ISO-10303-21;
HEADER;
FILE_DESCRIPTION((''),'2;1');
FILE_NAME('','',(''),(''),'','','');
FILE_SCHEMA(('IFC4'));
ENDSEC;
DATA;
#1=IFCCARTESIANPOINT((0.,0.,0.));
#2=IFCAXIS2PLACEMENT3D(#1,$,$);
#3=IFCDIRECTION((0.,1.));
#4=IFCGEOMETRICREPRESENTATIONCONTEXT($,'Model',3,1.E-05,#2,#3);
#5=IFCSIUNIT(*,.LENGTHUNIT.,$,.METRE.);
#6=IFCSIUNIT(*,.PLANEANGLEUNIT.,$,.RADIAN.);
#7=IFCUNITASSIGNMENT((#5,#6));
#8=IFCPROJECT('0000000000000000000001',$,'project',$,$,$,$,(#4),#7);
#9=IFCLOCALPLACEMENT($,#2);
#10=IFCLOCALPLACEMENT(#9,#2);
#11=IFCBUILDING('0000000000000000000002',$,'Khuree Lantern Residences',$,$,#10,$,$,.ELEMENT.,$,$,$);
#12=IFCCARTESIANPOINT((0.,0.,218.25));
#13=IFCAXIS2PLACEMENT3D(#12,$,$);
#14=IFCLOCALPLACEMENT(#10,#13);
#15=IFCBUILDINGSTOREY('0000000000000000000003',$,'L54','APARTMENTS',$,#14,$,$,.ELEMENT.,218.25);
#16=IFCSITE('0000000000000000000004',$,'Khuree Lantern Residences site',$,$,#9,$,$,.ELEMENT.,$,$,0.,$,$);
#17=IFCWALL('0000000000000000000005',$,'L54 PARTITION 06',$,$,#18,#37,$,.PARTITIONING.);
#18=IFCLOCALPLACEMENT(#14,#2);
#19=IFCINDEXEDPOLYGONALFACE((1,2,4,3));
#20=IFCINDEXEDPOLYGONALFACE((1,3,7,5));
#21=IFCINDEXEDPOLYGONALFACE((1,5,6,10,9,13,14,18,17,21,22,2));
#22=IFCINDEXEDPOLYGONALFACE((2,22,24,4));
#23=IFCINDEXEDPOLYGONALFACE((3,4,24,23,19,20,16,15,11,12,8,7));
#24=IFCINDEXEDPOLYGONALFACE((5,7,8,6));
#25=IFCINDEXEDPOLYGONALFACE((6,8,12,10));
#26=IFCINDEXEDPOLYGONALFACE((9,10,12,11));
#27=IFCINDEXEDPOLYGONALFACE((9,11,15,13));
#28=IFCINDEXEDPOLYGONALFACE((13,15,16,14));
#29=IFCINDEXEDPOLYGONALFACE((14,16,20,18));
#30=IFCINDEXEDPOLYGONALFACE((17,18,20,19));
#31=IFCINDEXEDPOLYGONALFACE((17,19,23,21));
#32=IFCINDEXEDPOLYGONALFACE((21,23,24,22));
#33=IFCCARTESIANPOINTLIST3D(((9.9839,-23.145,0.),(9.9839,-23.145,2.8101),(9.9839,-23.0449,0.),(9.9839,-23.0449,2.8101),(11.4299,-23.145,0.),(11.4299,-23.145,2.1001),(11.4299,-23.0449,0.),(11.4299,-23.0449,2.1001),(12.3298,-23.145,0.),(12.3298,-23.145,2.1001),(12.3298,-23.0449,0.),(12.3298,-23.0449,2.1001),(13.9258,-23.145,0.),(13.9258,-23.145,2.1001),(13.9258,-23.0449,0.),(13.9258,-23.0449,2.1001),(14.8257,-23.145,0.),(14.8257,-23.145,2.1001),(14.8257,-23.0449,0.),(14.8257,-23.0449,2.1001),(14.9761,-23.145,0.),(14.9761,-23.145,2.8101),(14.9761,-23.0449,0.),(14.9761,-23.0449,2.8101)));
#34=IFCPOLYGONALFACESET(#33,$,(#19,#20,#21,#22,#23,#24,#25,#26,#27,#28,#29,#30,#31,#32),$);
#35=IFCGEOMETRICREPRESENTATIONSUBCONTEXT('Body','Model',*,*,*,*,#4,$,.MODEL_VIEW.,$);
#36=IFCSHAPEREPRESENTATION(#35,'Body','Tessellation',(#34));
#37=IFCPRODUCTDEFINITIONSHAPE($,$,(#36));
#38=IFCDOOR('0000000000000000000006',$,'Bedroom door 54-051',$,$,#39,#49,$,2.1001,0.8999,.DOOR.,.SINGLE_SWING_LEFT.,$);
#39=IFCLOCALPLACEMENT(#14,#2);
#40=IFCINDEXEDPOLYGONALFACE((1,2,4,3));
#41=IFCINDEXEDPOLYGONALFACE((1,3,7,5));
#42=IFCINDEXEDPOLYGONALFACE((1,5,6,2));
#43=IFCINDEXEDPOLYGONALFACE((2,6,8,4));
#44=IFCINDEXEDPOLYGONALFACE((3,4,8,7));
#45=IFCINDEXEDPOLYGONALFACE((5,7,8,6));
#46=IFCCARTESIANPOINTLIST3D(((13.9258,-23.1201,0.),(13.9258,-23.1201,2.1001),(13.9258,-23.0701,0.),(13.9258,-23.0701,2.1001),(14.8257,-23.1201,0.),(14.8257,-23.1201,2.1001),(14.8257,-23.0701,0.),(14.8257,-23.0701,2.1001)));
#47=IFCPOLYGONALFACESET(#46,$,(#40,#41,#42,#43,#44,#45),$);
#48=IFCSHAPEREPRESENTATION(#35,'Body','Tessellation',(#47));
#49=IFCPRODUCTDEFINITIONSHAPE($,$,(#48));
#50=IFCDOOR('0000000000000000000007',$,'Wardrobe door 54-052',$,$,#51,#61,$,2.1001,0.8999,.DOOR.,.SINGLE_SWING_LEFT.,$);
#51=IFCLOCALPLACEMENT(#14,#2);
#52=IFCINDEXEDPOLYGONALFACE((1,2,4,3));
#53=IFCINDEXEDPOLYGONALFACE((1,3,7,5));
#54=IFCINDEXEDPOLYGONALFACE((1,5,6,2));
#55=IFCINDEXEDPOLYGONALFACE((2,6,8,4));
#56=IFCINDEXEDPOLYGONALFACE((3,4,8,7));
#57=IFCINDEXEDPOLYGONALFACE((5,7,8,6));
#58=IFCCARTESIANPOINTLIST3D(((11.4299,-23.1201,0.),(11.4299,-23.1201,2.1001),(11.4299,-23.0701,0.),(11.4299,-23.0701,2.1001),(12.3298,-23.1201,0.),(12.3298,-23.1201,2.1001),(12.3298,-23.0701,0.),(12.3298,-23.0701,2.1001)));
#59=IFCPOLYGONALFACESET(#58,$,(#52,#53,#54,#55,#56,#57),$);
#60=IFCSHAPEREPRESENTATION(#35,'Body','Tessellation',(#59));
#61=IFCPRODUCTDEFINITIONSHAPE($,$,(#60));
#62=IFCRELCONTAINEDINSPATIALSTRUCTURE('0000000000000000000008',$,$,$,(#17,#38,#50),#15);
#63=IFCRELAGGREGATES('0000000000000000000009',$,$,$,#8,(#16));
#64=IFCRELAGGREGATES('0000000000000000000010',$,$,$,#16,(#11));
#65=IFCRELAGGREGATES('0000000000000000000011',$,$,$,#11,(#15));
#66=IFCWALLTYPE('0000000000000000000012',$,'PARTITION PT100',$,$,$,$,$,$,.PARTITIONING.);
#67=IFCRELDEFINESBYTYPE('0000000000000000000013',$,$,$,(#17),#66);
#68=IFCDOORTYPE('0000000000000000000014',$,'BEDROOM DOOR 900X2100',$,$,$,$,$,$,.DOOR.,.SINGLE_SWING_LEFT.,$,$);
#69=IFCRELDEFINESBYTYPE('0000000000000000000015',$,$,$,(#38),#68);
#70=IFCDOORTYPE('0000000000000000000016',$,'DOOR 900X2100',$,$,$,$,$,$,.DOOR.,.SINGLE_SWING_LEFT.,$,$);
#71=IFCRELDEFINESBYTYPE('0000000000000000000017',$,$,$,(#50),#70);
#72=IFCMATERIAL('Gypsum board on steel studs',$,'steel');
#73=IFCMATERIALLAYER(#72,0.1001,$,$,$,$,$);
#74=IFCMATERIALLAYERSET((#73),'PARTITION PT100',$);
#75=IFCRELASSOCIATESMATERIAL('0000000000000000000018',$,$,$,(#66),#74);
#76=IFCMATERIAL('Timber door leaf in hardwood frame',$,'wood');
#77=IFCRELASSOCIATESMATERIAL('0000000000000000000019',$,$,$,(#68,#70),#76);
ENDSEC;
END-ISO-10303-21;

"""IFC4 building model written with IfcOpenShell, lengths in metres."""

from ifc_helpers import new_model, si_unit, direction, frame, frame_2d, origin, place, context, subcontext, project, spatial, rectangle, extrude, material, layer, layer_set, type_object, element, fill, save


model = new_model("IFC4")

# Units and contexts
model_context = context("Model", 3, precision=1e-05, world=origin(), true_north=direction((0.0, 1.0)))
body_context = subcontext(model_context, "Body", "Model", "MODEL_VIEW")
ifc_project = project(units=[si_unit("LENGTHUNIT", "METRE"), si_unit("PLANEANGLEUNIT", "RADIAN")], contexts=[model_context])

# Site, building, storey
site_placement = place(None, origin())
site = spatial("IfcSite", under=ifc_project, at=site_placement, Name="Khuree Lantern Residences site", CompositionType="ELEMENT", RefElevation=0.0)
building_placement = place(site_placement, origin())
building = spatial("IfcBuilding", under=site, at=building_placement, Name="Khuree Lantern Residences", CompositionType="ELEMENT")
storey_placement = place(building_placement, frame((0.0, 0.0, 218.25)))
storey = spatial("IfcBuildingStorey", under=building, at=storey_placement, Name="L54", Description="APARTMENTS", CompositionType="ELEMENT", Elevation=218.25)

# Shared definitions
ifc_material_1 = material(Name="Gypsum board on steel studs", Category="steel")
ifc_layer_1 = layer(ifc_material_1, 0.1001)
ifc_layer_set_1 = layer_set([ifc_layer_1], Name="PARTITION PT100")
wall_type = type_object("IfcWallType", Name="PARTITION PT100", PredefinedType="PARTITIONING", material=ifc_layer_set_1)

# Shared definitions
ifc_material_2 = material(Name="Timber door leaf in hardwood frame", Category="wood")
door_type_1 = type_object("IfcDoorType", Name="BEDROOM DOOR 900X2100", OperationType="SINGLE_SWING_LEFT", PredefinedType="DOOR", material=ifc_material_2)

# Wall, openings, doors
wall_1_placement = place(storey_placement, frame((9.9839, -23.095, 0.0), z_axis=(0.0, 0.0, 1.0), x_axis=(1.0, 0.0, 0.0)))
wall_1 = element("IfcWall", 1, at=wall_1_placement, inside=storey, type_object=wall_type, Name="L54 PARTITION 06", PredefinedType="PARTITIONING", context=body_context, shape_type="SweptSolid", body=[
    extrude(rectangle(XDim=4.9922, YDim=0.1001, at=frame_2d((2.4961, 0.0))), origin(), (0.0, 0.0, 1.0), 2.8101),
])
opening_1_placement = place(wall_1_placement, frame((3.9419, 0.0, 0.0)))
opening_1 = element("IfcOpeningElement", 2, at=opening_1_placement, cuts=wall_1, PredefinedType="OPENING", context=body_context, shape_type="SweptSolid", body=[
    extrude(rectangle(XDim=0.8999, YDim=2.1001, at=frame_2d((0.45, 1.05))), frame((0.0, 0.0601, 0.0), z_axis=(0.0, -1.0, 0.0), x_axis=(1.0, 0.0, 0.0)), (0.0, 0.0, 1.0), 0.1201),
])
opening_2_placement = place(wall_1_placement, frame((1.446, 0.0, 0.0)))
opening_2 = element("IfcOpeningElement", 3, at=opening_2_placement, cuts=wall_1, PredefinedType="OPENING", context=body_context, shape_type="SweptSolid", body=[
    extrude(rectangle(XDim=0.8999, YDim=2.1001, at=frame_2d((0.45, 1.05))), frame((0.0, 0.0601, 0.0), z_axis=(0.0, -1.0, 0.0), x_axis=(1.0, 0.0, 0.0)), (0.0, 0.0, 1.0), 0.1201),
])
door_1_placement = place(opening_1_placement, origin())
door_1 = element("IfcDoor", 4, at=door_1_placement, inside=storey, type_object=door_type_1, Name="Bedroom door 54-051", OperationType="SINGLE_SWING_LEFT", OverallHeight=2.1001, OverallWidth=0.8999, PredefinedType="DOOR", context=body_context, shape_type="SweptSolid", body=[
    extrude(rectangle(XDim=0.8999, YDim=2.1001, at=frame_2d((0.45, 1.05))), frame((0.0, 0.0249, 0.0), z_axis=(0.0, -1.0, 0.0), x_axis=(1.0, 0.0, 0.0)), (0.0, 0.0, 1.0), 0.05),
])
fill(opening_1, door_1)
door_type_2 = type_object("IfcDoorType", Name="DOOR 900X2100", OperationType="SINGLE_SWING_LEFT", PredefinedType="DOOR", material=ifc_material_2)
door_2_placement = place(opening_2_placement, origin())
door_2 = element("IfcDoor", 5, at=door_2_placement, inside=storey, type_object=door_type_2, Name="Wardrobe door 54-052", OperationType="SINGLE_SWING_LEFT", OverallHeight=2.1001, OverallWidth=0.8999, PredefinedType="DOOR", context=body_context, shape_type="SweptSolid", body=[
    extrude(rectangle(XDim=0.8999, YDim=2.1001, at=frame_2d((0.45, 1.05))), frame((0.0, 0.0249, 0.0), z_axis=(0.0, -1.0, 0.0), x_axis=(1.0, 0.0, 0.0)), (0.0, 0.0, 1.0), 0.05),
])
fill(opening_2, door_2)

save(model, "model.ifc")
